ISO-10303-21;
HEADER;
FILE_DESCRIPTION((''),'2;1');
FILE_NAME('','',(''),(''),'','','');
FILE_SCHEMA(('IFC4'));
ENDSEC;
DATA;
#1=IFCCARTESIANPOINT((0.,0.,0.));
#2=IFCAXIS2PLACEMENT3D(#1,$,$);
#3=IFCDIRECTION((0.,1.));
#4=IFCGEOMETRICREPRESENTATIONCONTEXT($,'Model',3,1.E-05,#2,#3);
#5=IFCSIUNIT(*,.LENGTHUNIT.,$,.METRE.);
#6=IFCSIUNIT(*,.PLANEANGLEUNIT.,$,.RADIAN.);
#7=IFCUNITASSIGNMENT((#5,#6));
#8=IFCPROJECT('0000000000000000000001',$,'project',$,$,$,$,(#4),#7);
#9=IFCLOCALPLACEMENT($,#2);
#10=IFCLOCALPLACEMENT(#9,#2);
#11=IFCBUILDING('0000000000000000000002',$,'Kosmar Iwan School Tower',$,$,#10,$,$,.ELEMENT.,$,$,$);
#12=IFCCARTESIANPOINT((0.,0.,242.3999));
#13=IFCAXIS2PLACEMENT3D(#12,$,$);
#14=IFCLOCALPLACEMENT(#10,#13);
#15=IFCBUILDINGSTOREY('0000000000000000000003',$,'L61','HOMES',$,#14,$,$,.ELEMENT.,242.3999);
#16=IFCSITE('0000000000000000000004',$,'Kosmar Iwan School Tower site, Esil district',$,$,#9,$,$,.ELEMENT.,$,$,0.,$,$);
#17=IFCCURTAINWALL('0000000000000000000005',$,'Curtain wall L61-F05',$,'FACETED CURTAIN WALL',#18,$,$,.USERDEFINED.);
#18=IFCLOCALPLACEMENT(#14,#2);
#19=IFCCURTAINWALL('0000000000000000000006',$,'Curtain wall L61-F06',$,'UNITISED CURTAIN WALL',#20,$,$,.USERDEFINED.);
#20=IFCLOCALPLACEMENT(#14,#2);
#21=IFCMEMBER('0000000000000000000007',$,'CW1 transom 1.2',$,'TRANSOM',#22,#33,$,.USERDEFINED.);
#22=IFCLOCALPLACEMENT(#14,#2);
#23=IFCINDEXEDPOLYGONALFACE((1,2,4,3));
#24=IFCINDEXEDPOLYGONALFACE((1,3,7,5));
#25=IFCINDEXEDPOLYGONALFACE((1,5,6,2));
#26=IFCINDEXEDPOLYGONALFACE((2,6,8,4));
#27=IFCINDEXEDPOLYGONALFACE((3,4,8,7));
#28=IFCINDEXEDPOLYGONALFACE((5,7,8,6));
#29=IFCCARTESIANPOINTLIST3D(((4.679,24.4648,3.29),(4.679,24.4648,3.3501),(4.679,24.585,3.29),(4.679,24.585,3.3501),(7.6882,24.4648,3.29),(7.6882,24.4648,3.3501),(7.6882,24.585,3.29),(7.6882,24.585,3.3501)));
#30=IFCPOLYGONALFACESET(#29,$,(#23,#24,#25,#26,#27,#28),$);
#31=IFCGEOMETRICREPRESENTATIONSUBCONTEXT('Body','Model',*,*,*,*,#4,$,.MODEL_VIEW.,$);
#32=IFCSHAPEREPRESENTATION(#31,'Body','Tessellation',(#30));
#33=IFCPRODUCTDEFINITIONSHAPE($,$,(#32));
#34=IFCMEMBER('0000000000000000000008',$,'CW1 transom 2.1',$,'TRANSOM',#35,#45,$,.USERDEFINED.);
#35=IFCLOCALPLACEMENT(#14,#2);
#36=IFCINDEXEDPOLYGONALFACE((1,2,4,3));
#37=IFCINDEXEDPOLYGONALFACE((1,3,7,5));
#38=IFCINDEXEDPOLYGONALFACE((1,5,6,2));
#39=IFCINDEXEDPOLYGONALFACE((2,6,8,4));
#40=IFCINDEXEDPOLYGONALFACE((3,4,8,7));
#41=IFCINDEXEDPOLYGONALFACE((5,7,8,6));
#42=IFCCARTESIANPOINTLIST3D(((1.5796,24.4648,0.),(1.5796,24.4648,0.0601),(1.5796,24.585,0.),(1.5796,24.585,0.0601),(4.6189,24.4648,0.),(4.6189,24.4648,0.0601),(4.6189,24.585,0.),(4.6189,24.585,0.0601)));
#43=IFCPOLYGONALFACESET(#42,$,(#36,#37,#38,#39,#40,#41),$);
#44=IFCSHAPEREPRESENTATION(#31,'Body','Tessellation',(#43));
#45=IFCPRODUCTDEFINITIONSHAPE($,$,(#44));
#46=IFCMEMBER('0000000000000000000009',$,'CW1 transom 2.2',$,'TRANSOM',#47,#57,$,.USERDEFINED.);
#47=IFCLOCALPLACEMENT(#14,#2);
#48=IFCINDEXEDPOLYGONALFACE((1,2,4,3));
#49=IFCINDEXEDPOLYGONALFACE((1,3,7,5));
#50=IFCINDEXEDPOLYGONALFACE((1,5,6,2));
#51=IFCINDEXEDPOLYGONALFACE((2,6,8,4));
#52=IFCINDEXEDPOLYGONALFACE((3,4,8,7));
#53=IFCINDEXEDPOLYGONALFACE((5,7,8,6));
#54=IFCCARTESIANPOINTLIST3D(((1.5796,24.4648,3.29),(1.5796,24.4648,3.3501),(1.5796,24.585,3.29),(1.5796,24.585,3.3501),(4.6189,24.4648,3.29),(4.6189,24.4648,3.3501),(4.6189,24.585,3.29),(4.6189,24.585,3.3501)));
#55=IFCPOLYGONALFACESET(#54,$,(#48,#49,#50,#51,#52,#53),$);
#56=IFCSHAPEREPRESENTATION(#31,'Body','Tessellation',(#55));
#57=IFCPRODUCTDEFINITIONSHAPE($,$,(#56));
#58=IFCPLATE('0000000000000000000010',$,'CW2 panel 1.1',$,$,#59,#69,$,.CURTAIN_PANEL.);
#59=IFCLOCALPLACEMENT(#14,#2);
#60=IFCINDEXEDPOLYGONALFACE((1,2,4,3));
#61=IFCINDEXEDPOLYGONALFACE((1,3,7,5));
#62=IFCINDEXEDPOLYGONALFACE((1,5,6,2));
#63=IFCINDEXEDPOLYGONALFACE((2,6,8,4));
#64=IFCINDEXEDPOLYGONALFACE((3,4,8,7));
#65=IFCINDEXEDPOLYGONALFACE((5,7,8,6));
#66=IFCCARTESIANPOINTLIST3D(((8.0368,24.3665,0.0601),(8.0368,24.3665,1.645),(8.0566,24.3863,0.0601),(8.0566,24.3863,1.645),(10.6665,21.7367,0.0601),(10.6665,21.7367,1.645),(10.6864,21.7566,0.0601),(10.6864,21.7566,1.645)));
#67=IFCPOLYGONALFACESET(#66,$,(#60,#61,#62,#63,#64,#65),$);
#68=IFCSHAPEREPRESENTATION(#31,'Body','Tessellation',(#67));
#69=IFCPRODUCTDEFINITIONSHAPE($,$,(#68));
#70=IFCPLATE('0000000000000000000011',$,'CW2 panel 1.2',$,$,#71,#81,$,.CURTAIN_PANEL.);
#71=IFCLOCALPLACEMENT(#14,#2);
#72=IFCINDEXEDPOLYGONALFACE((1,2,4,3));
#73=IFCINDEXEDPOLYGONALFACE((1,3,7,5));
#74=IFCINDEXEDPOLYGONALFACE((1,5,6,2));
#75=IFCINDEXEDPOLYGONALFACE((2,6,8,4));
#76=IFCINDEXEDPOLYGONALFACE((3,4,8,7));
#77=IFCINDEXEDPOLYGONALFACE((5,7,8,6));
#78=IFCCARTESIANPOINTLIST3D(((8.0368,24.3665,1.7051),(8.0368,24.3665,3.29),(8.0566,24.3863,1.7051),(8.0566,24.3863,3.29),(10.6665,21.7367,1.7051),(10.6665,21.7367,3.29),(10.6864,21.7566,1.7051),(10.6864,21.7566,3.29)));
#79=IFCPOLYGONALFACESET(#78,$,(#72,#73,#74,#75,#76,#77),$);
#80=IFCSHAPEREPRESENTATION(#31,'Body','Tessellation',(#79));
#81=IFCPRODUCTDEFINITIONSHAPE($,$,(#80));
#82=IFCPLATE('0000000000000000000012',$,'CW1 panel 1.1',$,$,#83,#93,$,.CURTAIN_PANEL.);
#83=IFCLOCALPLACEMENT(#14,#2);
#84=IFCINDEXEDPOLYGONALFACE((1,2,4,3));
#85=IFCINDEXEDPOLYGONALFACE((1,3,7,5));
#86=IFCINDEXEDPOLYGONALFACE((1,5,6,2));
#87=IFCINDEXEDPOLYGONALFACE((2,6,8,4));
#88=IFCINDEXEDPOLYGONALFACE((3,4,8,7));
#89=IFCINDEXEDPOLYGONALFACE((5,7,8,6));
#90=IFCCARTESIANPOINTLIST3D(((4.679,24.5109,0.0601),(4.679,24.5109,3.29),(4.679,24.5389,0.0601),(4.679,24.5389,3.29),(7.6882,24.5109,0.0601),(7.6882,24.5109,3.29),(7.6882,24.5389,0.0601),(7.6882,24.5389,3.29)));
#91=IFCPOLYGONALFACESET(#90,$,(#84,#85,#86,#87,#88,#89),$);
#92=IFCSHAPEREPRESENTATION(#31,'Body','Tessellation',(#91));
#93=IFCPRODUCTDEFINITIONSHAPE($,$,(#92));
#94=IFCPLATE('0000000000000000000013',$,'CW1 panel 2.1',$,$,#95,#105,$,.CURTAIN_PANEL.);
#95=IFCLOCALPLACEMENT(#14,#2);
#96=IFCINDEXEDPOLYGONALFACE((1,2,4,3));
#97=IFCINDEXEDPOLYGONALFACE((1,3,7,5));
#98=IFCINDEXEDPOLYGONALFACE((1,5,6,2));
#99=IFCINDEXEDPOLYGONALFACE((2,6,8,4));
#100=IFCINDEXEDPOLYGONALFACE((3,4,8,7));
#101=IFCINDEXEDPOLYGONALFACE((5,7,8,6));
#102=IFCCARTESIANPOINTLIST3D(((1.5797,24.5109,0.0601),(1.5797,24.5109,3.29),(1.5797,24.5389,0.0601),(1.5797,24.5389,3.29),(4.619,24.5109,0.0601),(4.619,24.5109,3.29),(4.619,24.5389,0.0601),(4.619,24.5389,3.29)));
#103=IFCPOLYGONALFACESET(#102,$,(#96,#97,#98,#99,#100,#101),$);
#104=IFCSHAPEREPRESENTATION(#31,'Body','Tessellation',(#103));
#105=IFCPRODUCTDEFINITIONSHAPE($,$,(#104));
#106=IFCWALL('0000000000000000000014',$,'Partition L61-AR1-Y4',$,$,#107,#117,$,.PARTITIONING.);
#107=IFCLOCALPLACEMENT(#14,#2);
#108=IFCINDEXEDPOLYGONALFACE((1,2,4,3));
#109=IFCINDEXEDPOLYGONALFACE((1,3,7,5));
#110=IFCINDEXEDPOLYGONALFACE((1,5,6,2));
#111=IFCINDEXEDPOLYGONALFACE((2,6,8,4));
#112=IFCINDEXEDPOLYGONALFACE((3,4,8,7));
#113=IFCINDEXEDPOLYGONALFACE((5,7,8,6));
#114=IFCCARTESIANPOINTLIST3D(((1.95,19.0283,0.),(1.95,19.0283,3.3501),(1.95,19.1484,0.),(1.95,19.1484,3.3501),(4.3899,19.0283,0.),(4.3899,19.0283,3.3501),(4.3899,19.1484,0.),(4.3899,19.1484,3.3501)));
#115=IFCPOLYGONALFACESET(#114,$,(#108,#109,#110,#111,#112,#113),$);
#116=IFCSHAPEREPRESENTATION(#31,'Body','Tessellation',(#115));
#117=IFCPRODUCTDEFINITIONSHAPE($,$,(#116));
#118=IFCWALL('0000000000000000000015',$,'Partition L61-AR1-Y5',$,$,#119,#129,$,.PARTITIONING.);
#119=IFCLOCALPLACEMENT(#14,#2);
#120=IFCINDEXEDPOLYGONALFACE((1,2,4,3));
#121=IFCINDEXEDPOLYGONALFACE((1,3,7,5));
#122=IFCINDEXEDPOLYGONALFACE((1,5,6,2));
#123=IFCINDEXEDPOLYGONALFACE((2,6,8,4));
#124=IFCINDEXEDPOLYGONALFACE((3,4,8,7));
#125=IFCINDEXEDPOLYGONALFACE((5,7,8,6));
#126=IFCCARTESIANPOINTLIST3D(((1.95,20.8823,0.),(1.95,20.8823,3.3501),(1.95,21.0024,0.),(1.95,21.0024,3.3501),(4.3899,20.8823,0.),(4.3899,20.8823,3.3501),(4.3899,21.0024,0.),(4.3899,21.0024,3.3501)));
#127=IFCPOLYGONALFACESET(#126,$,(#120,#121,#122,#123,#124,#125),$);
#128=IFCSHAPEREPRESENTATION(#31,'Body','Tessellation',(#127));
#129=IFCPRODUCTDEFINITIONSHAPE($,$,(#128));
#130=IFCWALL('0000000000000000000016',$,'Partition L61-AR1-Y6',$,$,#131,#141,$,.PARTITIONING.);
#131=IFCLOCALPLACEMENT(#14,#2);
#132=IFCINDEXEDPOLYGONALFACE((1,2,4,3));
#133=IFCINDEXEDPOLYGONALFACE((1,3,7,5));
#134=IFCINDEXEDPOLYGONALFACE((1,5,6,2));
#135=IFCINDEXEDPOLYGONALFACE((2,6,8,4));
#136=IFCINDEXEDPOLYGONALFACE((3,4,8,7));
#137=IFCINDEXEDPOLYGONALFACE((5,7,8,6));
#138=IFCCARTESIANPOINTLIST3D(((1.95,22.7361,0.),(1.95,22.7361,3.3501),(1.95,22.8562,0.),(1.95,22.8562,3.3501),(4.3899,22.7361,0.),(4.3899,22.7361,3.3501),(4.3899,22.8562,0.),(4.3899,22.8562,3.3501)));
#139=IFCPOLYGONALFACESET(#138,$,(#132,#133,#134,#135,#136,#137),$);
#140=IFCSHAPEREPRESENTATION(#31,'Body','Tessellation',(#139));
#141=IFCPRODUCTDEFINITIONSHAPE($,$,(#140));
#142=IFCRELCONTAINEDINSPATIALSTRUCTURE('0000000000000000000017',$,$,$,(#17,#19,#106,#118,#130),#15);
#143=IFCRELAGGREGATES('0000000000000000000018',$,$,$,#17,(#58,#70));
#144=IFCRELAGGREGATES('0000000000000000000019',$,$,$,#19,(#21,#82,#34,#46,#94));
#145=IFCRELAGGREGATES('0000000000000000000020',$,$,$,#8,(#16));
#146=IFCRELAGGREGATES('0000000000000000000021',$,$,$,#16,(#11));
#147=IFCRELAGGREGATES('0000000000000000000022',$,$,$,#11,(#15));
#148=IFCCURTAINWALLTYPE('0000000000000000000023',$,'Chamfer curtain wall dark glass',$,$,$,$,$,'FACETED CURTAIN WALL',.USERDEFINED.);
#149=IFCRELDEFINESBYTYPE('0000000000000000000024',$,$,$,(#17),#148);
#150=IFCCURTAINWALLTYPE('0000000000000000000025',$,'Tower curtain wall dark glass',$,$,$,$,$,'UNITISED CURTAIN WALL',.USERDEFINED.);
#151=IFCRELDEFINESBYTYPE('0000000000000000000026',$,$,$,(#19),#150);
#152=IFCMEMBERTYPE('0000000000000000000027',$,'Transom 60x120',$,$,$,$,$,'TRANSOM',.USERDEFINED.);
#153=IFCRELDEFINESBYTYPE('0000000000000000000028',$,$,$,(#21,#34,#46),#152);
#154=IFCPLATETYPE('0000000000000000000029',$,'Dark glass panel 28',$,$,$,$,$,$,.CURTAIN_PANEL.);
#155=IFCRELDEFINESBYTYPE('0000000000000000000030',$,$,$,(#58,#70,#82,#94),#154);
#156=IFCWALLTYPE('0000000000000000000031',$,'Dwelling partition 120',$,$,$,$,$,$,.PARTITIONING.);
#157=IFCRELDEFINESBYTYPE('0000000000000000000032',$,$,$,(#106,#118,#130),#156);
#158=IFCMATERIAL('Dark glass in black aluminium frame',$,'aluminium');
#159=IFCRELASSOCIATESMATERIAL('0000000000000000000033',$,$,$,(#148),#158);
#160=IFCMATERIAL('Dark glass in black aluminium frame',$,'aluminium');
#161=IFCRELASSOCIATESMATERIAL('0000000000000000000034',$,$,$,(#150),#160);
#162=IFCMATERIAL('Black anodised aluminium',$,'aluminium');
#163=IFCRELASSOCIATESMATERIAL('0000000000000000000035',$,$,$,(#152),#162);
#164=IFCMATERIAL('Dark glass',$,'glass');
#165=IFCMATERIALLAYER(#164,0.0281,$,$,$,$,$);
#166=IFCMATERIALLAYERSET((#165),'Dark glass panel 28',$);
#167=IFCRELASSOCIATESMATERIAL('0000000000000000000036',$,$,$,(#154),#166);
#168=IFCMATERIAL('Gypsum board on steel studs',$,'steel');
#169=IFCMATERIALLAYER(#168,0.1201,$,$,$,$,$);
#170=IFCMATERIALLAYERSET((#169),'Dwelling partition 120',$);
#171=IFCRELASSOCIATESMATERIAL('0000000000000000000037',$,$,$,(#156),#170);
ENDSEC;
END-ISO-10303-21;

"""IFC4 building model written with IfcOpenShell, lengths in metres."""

from ifc_helpers import new_model, si_unit, direction, frame, frame_2d, origin, origin_2d, place, context, subcontext, project, spatial, rectangle, extrude, material, layer, layer_set, material_profile, profile_set, type_object, element, aggregate, save


model = new_model("IFC4")

# Units and contexts
model_context = context("Model", 3, precision=1e-05, world=origin(), true_north=direction((0.0, 1.0)))
body_context = subcontext(model_context, "Body", "Model", "MODEL_VIEW")
ifc_project = project(units=[si_unit("LENGTHUNIT", "METRE"), si_unit("PLANEANGLEUNIT", "RADIAN")], contexts=[model_context])

# Site, building, storey
site_placement = place(None, origin())
site = spatial("IfcSite", under=ifc_project, at=site_placement, Name="Kosmar Iwan School Tower site, Esil district", CompositionType="ELEMENT", RefElevation=0.0)
building_placement = place(site_placement, origin())
building = spatial("IfcBuilding", under=site, at=building_placement, Name="Kosmar Iwan School Tower", CompositionType="ELEMENT")
storey_placement = place(building_placement, frame((0.0, 0.0, 242.3999)))
storey = spatial("IfcBuildingStorey", under=building, at=storey_placement, Name="L61", Description="HOMES", CompositionType="ELEMENT", Elevation=242.3999)

# Curtain walls
ifc_material_1 = material(Name="Dark glass in black aluminium frame", Category="aluminium")
curtain_wall_type_1 = type_object("IfcCurtainWallType", Name="Chamfer curtain wall dark glass", ElementType="FACETED CURTAIN WALL", PredefinedType="USERDEFINED", material=ifc_material_1)
curtain_wall_1_placement = place(storey_placement, origin())
curtain_wall_1 = element("IfcCurtainWall", 1, at=curtain_wall_1_placement, inside=storey, type_object=curtain_wall_type_1, Name="Curtain wall L61-F05", ObjectType="FACETED CURTAIN WALL", PredefinedType="USERDEFINED")
ifc_material_2 = material(Name="Dark glass in black aluminium frame", Category="aluminium")
curtain_wall_type_2 = type_object("IfcCurtainWallType", Name="Tower curtain wall dark glass", ElementType="UNITISED CURTAIN WALL", PredefinedType="USERDEFINED", material=ifc_material_2)
curtain_wall_2_placement = place(storey_placement, origin())
curtain_wall_2 = element("IfcCurtainWall", 2, at=curtain_wall_2_placement, inside=storey, type_object=curtain_wall_type_2, Name="Curtain wall L61-F06", ObjectType="UNITISED CURTAIN WALL", PredefinedType="USERDEFINED")

# Members
ifc_material_3 = material(Name="Black anodised aluminium", Category="aluminium")
ifc_material_profile_1 = material_profile(ifc_material_3, rectangle(XDim=0.1201, YDim=0.0601, at=origin_2d()), Name="TRANSOM 60x120")
ifc_profile_set_1 = profile_set([ifc_material_profile_1], Name="Black anodised aluminium")
member_type_1 = type_object("IfcMemberType", Name="Transom 60x120", ElementType="TRANSOM", PredefinedType="USERDEFINED", material=ifc_profile_set_1)
member_1_placement = place(storey_placement, frame((7.6882, 24.5249, 3.3201), z_axis=(-1.0, 0.0, 0.0), x_axis=(0.0, -1.0, 0.0)))
member_1 = element("IfcMember", 3, at=member_1_placement, type_object=member_type_1, Name="CW1 transom 1.2", ObjectType="TRANSOM", PredefinedType="USERDEFINED", context=body_context, shape_type="SweptSolid", body=[
    extrude(rectangle(XDim=0.1201, YDim=0.0601, at=origin_2d()), origin(), (0.0, 0.0, 1.0), 3.0093),
])
member_2_placement = place(storey_placement, frame((4.6189, 24.5249, 0.03), z_axis=(-1.0, 0.0, 0.0), x_axis=(0.0, -1.0, 0.0)))
member_2 = element("IfcMember", 4, at=member_2_placement, type_object=member_type_1, Name="CW1 transom 2.1", ObjectType="TRANSOM", PredefinedType="USERDEFINED", context=body_context, shape_type="SweptSolid", body=[
    extrude(rectangle(XDim=0.1201, YDim=0.0601, at=origin_2d()), origin(), (0.0, 0.0, 1.0), 3.0393),
])
member_3_placement = place(storey_placement, frame((4.6189, 24.5249, 3.3201), z_axis=(-1.0, 0.0, 0.0), x_axis=(0.0, -1.0, 0.0)))
member_3 = element("IfcMember", 5, at=member_3_placement, type_object=member_type_1, Name="CW1 transom 2.2", ObjectType="TRANSOM", PredefinedType="USERDEFINED", context=body_context, shape_type="SweptSolid", body=[
    extrude(rectangle(XDim=0.1201, YDim=0.0601, at=origin_2d()), origin(), (0.0, 0.0, 1.0), 3.0393),
])

# Plates
ifc_material_4 = material(Name="Dark glass", Category="glass")
ifc_layer_1 = layer(ifc_material_4, 0.0281)
ifc_layer_set_1 = layer_set([ifc_layer_1], Name="Dark glass panel 28")
plate_type = type_object("IfcPlateType", Name="Dark glass panel 28", PredefinedType="CURTAIN_PANEL", material=ifc_layer_set_1)
plate_1_placement = place(storey_placement, frame((9.3616, 23.0615, 0.0601), z_axis=(0.0, 0.0, 1.0), x_axis=(-0.707107, 0.707107, 0.0)))
plate_1 = element("IfcPlate", 6, at=plate_1_placement, type_object=plate_type, Name="CW2 panel 1.1", PredefinedType="CURTAIN_PANEL", context=body_context, shape_type="SweptSolid", body=[
    extrude(rectangle(XDim=3.719, YDim=0.0281, at=origin_2d()), origin(), (0.0, 0.0, 1.0), 1.585),
])
plate_2_placement = place(storey_placement, frame((9.3616, 23.0615, 1.7051), z_axis=(0.0, 0.0, 1.0), x_axis=(-0.707107, 0.707107, 0.0)))
plate_2 = element("IfcPlate", 7, at=plate_2_placement, type_object=plate_type, Name="CW2 panel 1.2", PredefinedType="CURTAIN_PANEL", context=body_context, shape_type="SweptSolid", body=[
    extrude(rectangle(XDim=3.719, YDim=0.0281, at=origin_2d()), origin(), (0.0, 0.0, 1.0), 1.585),
])
aggregate(curtain_wall_1, [plate_1, plate_2])
plate_3_placement = place(storey_placement, frame((6.1836, 24.5249, 0.0601), z_axis=(0.0, 0.0, 1.0), x_axis=(-1.0, 0.0, 0.0)))
plate_3 = element("IfcPlate", 8, at=plate_3_placement, type_object=plate_type, Name="CW1 panel 1.1", PredefinedType="CURTAIN_PANEL", context=body_context, shape_type="SweptSolid", body=[
    extrude(rectangle(XDim=3.0093, YDim=0.0281, at=origin_2d()), origin(), (0.0, 0.0, 1.0), 3.23),
])
plate_4_placement = place(storey_placement, frame((3.0994, 24.5249, 0.0601), z_axis=(0.0, 0.0, 1.0), x_axis=(-1.0, 0.0, 0.0)))
plate_4 = element("IfcPlate", 9, at=plate_4_placement, type_object=plate_type, Name="CW1 panel 2.1", PredefinedType="CURTAIN_PANEL", context=body_context, shape_type="SweptSolid", body=[
    extrude(rectangle(XDim=3.0393, YDim=0.0281, at=origin_2d()), origin(), (0.0, 0.0, 1.0), 3.23),
])
aggregate(curtain_wall_2, [member_1, plate_3, member_2, member_3, plate_4])

# Walls
ifc_material_5 = material(Name="Gypsum board on steel studs", Category="steel")
ifc_layer_2 = layer(ifc_material_5, 0.1201)
ifc_layer_set_2 = layer_set([ifc_layer_2], Name="Dwelling partition 120")
wall_type = type_object("IfcWallType", Name="Dwelling partition 120", PredefinedType="PARTITIONING", material=ifc_layer_set_2)
for number, where, z_axis, x_axis, name in (
    (10, (1.95, 19.0884, 0.0), (0.0, 0.0, 1.0), (1.0, 0.0, 0.0), "Partition L61-AR1-Y4"),
    (11, (1.95, 20.9424, 0.0), (0.0, 0.0, 1.0), (1.0, 0.0, 0.0), "Partition L61-AR1-Y5"),
    (12, (1.95, 22.7961, 0.0), (0.0, 0.0, 1.0), (1.0, 0.0, 0.0), "Partition L61-AR1-Y6"),
):
    element("IfcWall", number, at=place(storey_placement, frame(where, z_axis=z_axis, x_axis=x_axis)), inside=storey, type_object=wall_type, Name=name, PredefinedType="PARTITIONING", context=body_context, shape_type="SweptSolid", body=[
        extrude(rectangle(XDim=2.4399, YDim=0.1201, at=frame_2d((1.22, 0.0))), origin(), (0.0, 0.0, 1.0), 3.3501),
    ])

save(model, "model.ifc")
